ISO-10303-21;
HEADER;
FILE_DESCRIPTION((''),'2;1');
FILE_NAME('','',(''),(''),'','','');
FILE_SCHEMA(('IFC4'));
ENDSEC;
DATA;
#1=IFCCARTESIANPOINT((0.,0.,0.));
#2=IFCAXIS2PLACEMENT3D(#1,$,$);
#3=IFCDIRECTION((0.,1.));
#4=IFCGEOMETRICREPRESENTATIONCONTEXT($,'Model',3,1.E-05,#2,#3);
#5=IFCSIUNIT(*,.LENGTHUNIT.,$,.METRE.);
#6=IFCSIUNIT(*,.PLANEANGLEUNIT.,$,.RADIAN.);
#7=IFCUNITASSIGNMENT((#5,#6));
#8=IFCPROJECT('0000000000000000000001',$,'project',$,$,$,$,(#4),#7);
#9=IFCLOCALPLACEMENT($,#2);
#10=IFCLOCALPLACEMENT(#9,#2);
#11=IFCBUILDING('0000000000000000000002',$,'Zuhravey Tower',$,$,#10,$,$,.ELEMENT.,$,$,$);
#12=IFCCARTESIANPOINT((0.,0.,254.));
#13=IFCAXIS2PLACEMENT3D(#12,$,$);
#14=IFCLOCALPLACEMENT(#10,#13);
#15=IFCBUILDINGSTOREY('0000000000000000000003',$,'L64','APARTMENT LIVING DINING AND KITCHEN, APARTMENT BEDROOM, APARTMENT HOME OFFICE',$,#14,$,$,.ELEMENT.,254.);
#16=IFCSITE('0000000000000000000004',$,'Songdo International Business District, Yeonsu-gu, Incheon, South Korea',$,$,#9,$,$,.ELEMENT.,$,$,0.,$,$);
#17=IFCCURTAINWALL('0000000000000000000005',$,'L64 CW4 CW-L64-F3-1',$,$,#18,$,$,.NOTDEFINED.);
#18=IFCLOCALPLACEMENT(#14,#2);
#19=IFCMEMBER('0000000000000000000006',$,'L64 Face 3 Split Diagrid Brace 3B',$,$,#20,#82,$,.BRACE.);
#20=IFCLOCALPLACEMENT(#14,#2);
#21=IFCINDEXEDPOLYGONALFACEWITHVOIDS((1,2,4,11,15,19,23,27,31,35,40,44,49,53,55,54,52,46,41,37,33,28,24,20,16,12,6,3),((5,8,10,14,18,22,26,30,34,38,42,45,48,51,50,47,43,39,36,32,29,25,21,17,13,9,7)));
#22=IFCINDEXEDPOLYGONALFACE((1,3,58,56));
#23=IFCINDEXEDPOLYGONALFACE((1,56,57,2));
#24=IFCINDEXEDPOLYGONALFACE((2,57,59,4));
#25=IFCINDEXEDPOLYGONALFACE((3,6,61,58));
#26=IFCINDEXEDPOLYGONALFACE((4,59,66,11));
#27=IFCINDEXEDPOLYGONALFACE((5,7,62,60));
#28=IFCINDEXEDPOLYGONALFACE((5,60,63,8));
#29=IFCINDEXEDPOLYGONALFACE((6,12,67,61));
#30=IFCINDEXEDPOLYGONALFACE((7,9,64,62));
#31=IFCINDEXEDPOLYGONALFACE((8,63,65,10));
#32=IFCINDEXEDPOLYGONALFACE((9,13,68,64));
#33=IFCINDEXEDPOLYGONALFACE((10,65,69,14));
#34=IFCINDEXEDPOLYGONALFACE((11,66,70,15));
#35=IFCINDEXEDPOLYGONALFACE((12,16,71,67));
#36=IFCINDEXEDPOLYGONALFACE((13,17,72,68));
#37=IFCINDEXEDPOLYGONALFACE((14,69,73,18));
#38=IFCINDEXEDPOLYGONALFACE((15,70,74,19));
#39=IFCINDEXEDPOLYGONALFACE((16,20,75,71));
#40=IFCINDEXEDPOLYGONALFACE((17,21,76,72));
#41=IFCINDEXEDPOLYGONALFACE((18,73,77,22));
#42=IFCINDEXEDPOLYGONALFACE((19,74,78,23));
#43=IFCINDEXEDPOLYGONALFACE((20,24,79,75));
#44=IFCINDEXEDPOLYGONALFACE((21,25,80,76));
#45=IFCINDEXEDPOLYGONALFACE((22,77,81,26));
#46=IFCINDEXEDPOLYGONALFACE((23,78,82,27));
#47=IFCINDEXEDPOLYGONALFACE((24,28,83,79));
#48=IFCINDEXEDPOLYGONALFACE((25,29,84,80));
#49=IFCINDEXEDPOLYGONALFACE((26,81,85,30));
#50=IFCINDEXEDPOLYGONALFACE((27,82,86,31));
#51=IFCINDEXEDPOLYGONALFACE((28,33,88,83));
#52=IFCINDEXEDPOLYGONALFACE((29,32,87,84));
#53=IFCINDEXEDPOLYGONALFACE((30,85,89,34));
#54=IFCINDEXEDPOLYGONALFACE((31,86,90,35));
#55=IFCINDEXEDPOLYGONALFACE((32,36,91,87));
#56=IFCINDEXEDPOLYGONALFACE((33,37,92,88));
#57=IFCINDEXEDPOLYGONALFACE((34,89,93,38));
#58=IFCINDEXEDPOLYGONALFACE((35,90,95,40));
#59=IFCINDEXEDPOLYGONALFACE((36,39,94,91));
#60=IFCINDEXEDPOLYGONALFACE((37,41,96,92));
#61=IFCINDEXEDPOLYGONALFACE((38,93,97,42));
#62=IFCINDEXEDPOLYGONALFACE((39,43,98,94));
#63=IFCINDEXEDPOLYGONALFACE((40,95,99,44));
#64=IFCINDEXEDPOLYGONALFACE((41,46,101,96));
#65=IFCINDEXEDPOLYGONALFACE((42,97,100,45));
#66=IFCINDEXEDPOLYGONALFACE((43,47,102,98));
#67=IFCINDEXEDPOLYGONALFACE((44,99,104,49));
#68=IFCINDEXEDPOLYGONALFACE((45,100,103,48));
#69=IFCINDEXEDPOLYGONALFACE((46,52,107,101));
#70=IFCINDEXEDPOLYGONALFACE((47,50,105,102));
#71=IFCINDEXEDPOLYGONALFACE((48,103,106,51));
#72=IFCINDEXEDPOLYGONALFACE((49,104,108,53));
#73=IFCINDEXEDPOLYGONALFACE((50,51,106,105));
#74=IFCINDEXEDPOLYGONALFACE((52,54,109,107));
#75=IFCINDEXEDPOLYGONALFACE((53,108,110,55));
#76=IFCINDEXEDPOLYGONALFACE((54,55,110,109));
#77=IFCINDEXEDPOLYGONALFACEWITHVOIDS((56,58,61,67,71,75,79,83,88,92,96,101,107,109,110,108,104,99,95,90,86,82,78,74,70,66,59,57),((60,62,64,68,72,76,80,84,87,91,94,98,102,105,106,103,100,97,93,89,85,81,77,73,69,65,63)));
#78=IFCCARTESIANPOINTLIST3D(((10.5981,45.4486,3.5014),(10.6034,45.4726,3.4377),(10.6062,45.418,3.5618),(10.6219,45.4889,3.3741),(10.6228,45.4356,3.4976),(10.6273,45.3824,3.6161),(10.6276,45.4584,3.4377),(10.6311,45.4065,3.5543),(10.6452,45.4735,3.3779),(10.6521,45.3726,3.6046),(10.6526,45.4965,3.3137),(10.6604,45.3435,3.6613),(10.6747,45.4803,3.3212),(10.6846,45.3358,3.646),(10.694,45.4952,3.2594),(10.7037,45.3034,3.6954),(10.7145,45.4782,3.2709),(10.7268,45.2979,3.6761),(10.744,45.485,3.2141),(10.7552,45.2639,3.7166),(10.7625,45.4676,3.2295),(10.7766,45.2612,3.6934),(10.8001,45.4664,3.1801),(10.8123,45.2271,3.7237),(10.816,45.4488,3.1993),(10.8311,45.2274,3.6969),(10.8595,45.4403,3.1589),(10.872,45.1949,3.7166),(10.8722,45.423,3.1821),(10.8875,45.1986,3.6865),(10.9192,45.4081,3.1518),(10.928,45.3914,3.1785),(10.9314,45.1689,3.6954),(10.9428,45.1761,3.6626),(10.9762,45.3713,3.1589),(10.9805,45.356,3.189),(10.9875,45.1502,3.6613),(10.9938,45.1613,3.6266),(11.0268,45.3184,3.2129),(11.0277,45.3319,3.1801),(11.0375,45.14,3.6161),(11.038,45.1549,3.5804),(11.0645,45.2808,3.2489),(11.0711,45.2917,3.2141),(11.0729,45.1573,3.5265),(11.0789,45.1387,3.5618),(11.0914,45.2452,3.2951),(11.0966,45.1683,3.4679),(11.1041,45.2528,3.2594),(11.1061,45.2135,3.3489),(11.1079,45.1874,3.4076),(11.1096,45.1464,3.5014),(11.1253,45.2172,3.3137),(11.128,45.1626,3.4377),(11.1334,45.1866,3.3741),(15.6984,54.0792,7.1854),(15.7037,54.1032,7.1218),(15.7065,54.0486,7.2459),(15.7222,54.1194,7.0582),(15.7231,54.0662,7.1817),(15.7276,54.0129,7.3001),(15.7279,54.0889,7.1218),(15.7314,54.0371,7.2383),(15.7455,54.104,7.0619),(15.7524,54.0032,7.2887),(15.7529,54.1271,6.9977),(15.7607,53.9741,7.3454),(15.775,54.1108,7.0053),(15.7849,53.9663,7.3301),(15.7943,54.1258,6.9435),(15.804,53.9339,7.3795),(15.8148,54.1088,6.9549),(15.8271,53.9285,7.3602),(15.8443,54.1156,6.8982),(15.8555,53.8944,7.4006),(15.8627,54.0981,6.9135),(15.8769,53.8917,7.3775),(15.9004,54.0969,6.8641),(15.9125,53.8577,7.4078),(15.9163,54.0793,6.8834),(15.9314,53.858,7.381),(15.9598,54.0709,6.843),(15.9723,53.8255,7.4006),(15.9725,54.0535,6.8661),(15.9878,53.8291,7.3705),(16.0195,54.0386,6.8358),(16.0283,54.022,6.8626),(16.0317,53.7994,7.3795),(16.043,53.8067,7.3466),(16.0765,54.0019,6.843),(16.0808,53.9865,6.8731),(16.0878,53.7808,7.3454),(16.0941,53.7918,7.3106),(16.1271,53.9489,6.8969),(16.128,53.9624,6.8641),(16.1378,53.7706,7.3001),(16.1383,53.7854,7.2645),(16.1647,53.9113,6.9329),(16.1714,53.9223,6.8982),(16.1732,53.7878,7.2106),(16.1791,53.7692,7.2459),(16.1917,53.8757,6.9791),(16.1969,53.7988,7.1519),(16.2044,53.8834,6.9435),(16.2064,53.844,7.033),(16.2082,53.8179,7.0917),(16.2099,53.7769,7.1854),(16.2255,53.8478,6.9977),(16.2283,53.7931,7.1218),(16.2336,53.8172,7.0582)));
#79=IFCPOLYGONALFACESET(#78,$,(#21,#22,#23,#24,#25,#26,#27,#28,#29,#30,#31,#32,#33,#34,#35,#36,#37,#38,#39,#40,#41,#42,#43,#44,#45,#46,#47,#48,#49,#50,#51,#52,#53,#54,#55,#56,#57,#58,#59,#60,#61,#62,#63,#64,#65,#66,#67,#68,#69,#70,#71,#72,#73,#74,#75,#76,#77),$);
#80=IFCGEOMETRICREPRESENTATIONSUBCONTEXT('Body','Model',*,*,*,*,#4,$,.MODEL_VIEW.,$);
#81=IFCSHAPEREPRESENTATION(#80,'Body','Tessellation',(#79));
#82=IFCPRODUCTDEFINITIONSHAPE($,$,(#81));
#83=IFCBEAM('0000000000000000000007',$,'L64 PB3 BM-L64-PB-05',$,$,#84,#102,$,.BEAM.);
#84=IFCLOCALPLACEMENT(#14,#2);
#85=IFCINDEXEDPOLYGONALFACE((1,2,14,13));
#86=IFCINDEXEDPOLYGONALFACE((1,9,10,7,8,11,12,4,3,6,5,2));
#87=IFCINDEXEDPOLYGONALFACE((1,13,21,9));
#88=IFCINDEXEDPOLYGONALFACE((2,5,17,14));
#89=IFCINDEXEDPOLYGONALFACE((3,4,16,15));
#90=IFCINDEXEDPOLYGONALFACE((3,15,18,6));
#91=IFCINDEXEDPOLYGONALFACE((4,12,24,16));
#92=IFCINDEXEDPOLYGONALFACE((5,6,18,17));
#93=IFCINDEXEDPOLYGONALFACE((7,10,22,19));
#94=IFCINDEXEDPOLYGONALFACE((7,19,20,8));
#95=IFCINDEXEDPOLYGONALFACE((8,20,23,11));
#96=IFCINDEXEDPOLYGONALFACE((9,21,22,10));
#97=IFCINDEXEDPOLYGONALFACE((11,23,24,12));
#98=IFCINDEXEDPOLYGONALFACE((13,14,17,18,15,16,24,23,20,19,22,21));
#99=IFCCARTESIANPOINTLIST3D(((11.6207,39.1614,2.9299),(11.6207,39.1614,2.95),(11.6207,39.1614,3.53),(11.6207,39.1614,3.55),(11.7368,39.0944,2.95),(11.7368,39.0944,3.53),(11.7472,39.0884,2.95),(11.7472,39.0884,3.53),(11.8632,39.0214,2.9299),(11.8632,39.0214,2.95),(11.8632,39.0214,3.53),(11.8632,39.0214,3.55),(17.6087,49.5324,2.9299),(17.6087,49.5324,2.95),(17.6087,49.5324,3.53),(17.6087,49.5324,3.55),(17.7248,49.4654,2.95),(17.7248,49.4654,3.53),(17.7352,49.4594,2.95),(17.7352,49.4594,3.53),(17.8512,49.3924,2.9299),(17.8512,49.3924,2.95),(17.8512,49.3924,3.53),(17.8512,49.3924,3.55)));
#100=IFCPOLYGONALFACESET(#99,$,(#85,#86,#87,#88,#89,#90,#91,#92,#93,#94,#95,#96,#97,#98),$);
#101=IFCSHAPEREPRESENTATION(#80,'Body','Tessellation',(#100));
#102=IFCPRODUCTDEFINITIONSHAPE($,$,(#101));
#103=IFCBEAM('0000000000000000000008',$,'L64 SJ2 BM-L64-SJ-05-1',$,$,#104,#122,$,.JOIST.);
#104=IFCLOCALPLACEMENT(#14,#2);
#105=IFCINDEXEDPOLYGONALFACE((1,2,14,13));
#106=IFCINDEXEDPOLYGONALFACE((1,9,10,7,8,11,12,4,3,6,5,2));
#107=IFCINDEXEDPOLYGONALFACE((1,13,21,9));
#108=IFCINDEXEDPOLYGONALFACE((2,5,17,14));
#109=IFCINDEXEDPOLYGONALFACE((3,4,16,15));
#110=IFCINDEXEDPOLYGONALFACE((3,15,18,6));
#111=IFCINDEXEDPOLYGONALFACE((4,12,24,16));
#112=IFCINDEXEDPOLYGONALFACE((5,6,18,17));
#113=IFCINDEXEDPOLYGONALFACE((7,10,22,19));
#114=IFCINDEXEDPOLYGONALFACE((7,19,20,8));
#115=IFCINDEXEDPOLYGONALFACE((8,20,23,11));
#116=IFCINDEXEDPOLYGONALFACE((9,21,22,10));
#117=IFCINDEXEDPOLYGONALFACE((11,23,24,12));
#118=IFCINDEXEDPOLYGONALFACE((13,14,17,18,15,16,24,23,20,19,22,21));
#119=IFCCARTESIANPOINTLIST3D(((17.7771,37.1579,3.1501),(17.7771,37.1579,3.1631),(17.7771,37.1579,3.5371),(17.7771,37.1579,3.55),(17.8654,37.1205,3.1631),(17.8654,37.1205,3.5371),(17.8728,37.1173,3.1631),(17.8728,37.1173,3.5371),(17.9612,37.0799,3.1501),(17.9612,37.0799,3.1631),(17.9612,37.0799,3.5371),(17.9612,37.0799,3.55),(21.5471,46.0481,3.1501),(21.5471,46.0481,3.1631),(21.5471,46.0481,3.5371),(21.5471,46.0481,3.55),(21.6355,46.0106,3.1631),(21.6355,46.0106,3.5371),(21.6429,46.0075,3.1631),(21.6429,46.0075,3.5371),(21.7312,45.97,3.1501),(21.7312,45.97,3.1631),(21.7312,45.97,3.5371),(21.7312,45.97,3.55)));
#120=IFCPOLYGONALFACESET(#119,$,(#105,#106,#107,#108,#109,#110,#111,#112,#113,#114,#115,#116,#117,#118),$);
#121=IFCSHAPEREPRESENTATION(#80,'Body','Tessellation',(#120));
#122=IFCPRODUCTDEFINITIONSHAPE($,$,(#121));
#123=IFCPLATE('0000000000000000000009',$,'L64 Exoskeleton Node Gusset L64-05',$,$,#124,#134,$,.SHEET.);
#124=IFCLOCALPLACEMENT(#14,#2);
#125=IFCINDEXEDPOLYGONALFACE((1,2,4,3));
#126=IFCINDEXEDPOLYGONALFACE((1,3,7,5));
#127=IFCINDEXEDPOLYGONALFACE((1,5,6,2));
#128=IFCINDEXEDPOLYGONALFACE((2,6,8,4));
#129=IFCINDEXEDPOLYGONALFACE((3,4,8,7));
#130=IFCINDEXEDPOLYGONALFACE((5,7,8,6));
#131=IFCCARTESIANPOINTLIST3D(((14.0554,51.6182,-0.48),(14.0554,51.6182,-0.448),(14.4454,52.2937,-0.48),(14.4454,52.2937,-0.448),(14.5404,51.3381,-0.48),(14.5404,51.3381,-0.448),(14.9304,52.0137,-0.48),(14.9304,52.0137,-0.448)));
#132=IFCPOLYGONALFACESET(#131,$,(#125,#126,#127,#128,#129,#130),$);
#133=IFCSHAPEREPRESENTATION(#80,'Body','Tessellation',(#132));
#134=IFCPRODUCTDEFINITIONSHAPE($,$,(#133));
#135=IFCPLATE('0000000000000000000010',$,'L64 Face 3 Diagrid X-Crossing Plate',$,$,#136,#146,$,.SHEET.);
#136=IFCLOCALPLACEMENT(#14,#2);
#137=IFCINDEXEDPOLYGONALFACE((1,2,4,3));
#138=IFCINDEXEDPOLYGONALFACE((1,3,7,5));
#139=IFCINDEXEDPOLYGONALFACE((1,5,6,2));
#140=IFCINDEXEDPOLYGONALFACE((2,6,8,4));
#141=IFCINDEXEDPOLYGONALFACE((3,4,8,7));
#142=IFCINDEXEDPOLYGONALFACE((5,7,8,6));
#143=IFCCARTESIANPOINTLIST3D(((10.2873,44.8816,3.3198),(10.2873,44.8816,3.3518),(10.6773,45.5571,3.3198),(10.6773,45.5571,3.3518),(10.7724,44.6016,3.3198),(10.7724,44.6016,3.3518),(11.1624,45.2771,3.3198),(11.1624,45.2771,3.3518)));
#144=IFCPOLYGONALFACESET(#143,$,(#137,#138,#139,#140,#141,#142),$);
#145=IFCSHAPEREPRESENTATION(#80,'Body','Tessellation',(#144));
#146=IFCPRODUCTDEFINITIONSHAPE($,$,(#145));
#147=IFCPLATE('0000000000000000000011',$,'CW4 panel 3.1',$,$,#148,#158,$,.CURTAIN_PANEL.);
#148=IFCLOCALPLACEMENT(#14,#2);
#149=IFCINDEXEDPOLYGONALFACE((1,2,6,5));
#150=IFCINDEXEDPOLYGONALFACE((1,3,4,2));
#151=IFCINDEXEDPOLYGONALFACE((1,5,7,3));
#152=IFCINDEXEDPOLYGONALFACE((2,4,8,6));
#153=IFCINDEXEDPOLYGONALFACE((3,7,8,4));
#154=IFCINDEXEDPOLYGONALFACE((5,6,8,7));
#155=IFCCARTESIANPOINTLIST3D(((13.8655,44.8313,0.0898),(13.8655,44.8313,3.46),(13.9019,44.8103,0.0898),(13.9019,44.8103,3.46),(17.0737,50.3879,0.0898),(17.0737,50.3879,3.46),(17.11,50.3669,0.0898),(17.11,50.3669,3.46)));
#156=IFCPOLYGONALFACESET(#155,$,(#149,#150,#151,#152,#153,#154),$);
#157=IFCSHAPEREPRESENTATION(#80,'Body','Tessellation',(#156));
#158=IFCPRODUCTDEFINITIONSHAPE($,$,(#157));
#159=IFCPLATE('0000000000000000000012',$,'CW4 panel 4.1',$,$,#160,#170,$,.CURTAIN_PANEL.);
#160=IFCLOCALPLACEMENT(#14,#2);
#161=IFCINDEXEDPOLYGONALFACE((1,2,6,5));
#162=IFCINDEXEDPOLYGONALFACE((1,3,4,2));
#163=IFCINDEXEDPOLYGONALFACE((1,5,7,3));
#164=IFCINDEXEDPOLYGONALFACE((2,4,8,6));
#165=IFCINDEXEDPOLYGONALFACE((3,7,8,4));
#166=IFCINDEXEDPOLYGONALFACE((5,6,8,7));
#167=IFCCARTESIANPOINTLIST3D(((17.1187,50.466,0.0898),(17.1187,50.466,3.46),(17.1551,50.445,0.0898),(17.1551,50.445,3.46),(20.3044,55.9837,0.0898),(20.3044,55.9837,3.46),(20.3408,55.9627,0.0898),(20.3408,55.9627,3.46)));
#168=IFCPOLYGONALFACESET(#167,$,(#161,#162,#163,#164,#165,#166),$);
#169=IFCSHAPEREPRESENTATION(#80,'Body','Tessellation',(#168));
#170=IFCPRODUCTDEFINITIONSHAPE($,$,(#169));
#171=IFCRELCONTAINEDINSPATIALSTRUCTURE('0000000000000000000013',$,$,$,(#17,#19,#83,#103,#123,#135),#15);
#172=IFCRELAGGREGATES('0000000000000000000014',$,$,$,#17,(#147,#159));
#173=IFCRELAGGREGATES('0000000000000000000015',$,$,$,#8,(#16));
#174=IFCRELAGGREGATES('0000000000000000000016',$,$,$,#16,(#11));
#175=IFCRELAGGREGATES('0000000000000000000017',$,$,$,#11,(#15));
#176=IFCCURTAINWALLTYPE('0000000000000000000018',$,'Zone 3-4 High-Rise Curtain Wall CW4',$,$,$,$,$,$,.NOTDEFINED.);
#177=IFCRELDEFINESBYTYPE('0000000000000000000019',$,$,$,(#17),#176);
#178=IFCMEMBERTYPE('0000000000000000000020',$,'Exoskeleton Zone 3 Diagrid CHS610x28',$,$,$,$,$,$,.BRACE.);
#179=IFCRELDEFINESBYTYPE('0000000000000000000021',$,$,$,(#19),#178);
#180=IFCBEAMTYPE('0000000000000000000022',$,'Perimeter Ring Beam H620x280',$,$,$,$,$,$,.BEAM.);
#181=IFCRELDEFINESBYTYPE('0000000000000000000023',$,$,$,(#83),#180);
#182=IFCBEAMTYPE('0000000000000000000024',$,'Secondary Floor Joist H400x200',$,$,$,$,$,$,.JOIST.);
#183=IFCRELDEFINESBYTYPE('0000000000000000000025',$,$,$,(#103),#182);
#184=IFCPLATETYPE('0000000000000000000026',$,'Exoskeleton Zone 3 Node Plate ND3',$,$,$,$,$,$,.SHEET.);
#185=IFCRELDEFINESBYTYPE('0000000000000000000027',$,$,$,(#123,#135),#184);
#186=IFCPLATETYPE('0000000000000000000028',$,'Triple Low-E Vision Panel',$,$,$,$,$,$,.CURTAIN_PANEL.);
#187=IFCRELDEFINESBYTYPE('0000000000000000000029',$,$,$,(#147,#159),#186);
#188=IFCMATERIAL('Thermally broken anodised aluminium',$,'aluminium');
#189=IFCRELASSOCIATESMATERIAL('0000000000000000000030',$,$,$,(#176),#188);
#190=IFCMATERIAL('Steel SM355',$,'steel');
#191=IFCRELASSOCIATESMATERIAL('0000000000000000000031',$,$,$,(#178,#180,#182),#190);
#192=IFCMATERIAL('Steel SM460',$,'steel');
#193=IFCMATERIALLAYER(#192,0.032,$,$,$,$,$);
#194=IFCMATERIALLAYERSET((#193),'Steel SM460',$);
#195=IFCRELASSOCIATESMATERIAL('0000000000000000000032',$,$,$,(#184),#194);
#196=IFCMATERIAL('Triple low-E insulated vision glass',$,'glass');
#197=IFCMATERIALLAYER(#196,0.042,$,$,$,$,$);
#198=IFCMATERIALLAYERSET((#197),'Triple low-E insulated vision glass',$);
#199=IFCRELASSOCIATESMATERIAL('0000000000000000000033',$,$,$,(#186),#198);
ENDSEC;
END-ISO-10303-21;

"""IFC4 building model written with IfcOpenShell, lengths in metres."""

from ifc_helpers import new_model, si_unit, direction, frame, origin, origin_2d, place, context, subcontext, project, spatial, rectangle, hollow_circle, i_section, extrude, material, layer, layer_set, material_profile, profile_set, type_object, element, aggregate, save


model = new_model("IFC4")

# Units and contexts
model_context = context("Model", 3, precision=1e-05, world=origin(), true_north=direction((0.0, 1.0)))
body_context = subcontext(model_context, "Body", "Model", "MODEL_VIEW")
ifc_project = project(units=[si_unit("LENGTHUNIT", "METRE"), si_unit("PLANEANGLEUNIT", "RADIAN")], contexts=[model_context])

# Site, building, storey
site_placement = place(None, origin())
site = spatial("IfcSite", under=ifc_project, at=site_placement, Name="Songdo International Business District, Yeonsu-gu, Incheon, South Korea", CompositionType="ELEMENT", RefElevation=0.0)
building_placement = place(site_placement, origin())
building = spatial("IfcBuilding", under=site, at=building_placement, Name="Zuhravey Tower", CompositionType="ELEMENT")
storey_placement = place(building_placement, frame((0.0, 0.0, 254.0)))
storey = spatial("IfcBuildingStorey", under=building, at=storey_placement, Name="L64", Description="APARTMENT LIVING DINING AND KITCHEN, APARTMENT BEDROOM, APARTMENT HOME OFFICE", CompositionType="ELEMENT", Elevation=254.0)

# Curtain wall
ifc_material_1 = material(Name="Thermally broken anodised aluminium", Category="aluminium")
curtain_wall_type = type_object("IfcCurtainWallType", Name="Zone 3-4 High-Rise Curtain Wall CW4", PredefinedType="NOTDEFINED", material=ifc_material_1)
curtain_wall_1_placement = place(storey_placement, origin())
curtain_wall_1 = element("IfcCurtainWall", 1, at=curtain_wall_1_placement, inside=storey, type_object=curtain_wall_type, Name="L64 CW4 CW-L64-F3-1", PredefinedType="NOTDEFINED")

# Member
ifc_material_2 = material(Name="Steel SM355", Category="steel")
ifc_material_profile_1 = material_profile(ifc_material_2, hollow_circle(Radius=0.3047, WallThickness=0.0281, at=origin_2d()), Name="CHS-609.6x28")
ifc_profile_set_1 = profile_set([ifc_material_profile_1], Name="Steel SM355")
member_type_1 = type_object("IfcMemberType", Name="Exoskeleton Zone 3 Diagrid CHS610x28", PredefinedType="BRACE", material=ifc_profile_set_1)
member_1_placement = place(storey_placement, frame((10.8657, 45.3176, 3.4377), z_axis=(0.477537, 0.808071, 0.344935), x_axis=(-0.860908, 0.508761, 0.0)))
element("IfcMember", 2, at=member_1_placement, inside=storey, type_object=member_type_1, Name="L64 Face 3 Split Diagrid Brace 3B", PredefinedType="BRACE", context=body_context, shape_type="SweptSolid", body=[
    extrude(hollow_circle(Radius=0.3047, WallThickness=0.0281, at=origin_2d()), origin(), (0.0, 0.0, 1.0), 10.6804),
])

# Beams
ifc_material_profile_2 = material_profile(ifc_material_2, i_section(OverallWidth=0.28, OverallDepth=0.6201, WebThickness=0.012, FlangeThickness=0.02, at=origin_2d()), Name="H-620x280x12x20")
ifc_profile_set_2 = profile_set([ifc_material_profile_2], Name="Steel SM355")
beam_type_1 = type_object("IfcBeamType", Name="Perimeter Ring Beam H620x280", PredefinedType="BEAM", material=ifc_profile_set_2)
beam_1_placement = place(storey_placement, frame((17.73, 49.4624, 3.24), z_axis=(-0.500018, -0.866015, 0.0), x_axis=(0.866015, -0.500018, 0.0)))
element("IfcBeam", 3, at=beam_1_placement, inside=storey, type_object=beam_type_1, Name="L64 PB3 BM-L64-PB-05", PredefinedType="BEAM", context=body_context, shape_type="SweptSolid", body=[
    extrude(i_section(OverallWidth=0.28, OverallDepth=0.6201, WebThickness=0.012, FlangeThickness=0.02, at=origin_2d()), origin(), (0.0, 0.0, 1.0), 11.9756),
])
ifc_material_profile_3 = material_profile(ifc_material_2, i_section(OverallWidth=0.2, OverallDepth=0.3999, WebThickness=0.0081, FlangeThickness=0.0129, at=origin_2d()), Name="H-400x200x8x13")
ifc_profile_set_3 = profile_set([ifc_material_profile_3], Name="Steel SM355")
beam_type_2 = type_object("IfcBeamType", Name="Secondary Floor Joist H400x200", PredefinedType="JOIST", material=ifc_profile_set_3)
beam_2_placement = place(storey_placement, frame((21.6392, 46.009, 3.3501), z_axis=(-0.390413, -0.92064, 0.0), x_axis=(0.92064, -0.390413, 0.0)))
element("IfcBeam", 4, at=beam_2_placement, inside=storey, type_object=beam_type_2, Name="L64 SJ2 BM-L64-SJ-05-1", PredefinedType="JOIST", context=body_context, shape_type="SweptSolid", body=[
    extrude(i_section(OverallWidth=0.2, OverallDepth=0.3999, WebThickness=0.0081, FlangeThickness=0.0129, at=origin_2d()), origin(), (0.0, 0.0, 1.0), 9.6565),
])

# Plates
ifc_material_3 = material(Name="Steel SM460", Category="steel")
ifc_layer_1 = layer(ifc_material_3, 0.032)
ifc_layer_set_1 = layer_set([ifc_layer_1], Name="Steel SM460")
plate_type_1 = type_object("IfcPlateType", Name="Exoskeleton Zone 3 Node Plate ND3", PredefinedType="SHEET", material=ifc_layer_set_1)
for number, where, z_axis, x_axis, name in (
    (5, (14.4929, 51.8159, -0.48), (0.0, 0.0, 1.0), (-0.5, -0.866025, 0.0), "L64 Exoskeleton Node Gusset L64-05"),
    (6, (10.7249, 45.0793, 3.3198), (0.0, 0.0, 1.0), (-0.5, -0.866025, 0.0), "L64 Face 3 Diagrid X-Crossing Plate"),
):
    element("IfcPlate", number, at=place(storey_placement, frame(where, z_axis=z_axis, x_axis=x_axis)), inside=storey, type_object=plate_type_1, Name=name, PredefinedType="SHEET", context=body_context, shape_type="SweptSolid", body=[
        extrude(rectangle(XDim=0.78, YDim=0.5601, at=origin_2d()), origin(), (0.0, 0.0, 1.0), 0.032),
    ])

# Plates
ifc_material_4 = material(Name="Triple low-E insulated vision glass", Category="glass")
ifc_layer_2 = layer(ifc_material_4, 0.042)
ifc_layer_set_2 = layer_set([ifc_layer_2], Name="Triple low-E insulated vision glass")
plate_type_2 = type_object("IfcPlateType", Name="Triple Low-E Vision Panel", PredefinedType="CURTAIN_PANEL", material=ifc_layer_set_2)
plate_1_placement = place(storey_placement, frame((15.4878, 47.5991, 0.0898), z_axis=(0.0, 0.0, 1.0), x_axis=(0.500001, 0.866025, 0.0)))
plate_1 = element("IfcPlate", 7, at=plate_1_placement, type_object=plate_type_2, Name="CW4 panel 3.1", PredefinedType="CURTAIN_PANEL", context=body_context, shape_type="SweptSolid", body=[
    extrude(rectangle(XDim=6.4163, YDim=0.042, at=origin_2d()), origin(), (0.0, 0.0, 1.0), 3.3701),
])
plate_2_placement = place(storey_placement, frame((18.7297, 53.2144, 0.0898), z_axis=(0.0, 0.0, 1.0), x_axis=(0.500001, 0.866025, 0.0)))
plate_2 = element("IfcPlate", 8, at=plate_2_placement, type_object=plate_type_2, Name="CW4 panel 4.1", PredefinedType="CURTAIN_PANEL", context=body_context, shape_type="SweptSolid", body=[
    extrude(rectangle(XDim=6.3713, YDim=0.042, at=origin_2d()), origin(), (0.0, 0.0, 1.0), 3.3701),
])
aggregate(curtain_wall_1, [plate_1, plate_2])

save(model, "model.ifc")
